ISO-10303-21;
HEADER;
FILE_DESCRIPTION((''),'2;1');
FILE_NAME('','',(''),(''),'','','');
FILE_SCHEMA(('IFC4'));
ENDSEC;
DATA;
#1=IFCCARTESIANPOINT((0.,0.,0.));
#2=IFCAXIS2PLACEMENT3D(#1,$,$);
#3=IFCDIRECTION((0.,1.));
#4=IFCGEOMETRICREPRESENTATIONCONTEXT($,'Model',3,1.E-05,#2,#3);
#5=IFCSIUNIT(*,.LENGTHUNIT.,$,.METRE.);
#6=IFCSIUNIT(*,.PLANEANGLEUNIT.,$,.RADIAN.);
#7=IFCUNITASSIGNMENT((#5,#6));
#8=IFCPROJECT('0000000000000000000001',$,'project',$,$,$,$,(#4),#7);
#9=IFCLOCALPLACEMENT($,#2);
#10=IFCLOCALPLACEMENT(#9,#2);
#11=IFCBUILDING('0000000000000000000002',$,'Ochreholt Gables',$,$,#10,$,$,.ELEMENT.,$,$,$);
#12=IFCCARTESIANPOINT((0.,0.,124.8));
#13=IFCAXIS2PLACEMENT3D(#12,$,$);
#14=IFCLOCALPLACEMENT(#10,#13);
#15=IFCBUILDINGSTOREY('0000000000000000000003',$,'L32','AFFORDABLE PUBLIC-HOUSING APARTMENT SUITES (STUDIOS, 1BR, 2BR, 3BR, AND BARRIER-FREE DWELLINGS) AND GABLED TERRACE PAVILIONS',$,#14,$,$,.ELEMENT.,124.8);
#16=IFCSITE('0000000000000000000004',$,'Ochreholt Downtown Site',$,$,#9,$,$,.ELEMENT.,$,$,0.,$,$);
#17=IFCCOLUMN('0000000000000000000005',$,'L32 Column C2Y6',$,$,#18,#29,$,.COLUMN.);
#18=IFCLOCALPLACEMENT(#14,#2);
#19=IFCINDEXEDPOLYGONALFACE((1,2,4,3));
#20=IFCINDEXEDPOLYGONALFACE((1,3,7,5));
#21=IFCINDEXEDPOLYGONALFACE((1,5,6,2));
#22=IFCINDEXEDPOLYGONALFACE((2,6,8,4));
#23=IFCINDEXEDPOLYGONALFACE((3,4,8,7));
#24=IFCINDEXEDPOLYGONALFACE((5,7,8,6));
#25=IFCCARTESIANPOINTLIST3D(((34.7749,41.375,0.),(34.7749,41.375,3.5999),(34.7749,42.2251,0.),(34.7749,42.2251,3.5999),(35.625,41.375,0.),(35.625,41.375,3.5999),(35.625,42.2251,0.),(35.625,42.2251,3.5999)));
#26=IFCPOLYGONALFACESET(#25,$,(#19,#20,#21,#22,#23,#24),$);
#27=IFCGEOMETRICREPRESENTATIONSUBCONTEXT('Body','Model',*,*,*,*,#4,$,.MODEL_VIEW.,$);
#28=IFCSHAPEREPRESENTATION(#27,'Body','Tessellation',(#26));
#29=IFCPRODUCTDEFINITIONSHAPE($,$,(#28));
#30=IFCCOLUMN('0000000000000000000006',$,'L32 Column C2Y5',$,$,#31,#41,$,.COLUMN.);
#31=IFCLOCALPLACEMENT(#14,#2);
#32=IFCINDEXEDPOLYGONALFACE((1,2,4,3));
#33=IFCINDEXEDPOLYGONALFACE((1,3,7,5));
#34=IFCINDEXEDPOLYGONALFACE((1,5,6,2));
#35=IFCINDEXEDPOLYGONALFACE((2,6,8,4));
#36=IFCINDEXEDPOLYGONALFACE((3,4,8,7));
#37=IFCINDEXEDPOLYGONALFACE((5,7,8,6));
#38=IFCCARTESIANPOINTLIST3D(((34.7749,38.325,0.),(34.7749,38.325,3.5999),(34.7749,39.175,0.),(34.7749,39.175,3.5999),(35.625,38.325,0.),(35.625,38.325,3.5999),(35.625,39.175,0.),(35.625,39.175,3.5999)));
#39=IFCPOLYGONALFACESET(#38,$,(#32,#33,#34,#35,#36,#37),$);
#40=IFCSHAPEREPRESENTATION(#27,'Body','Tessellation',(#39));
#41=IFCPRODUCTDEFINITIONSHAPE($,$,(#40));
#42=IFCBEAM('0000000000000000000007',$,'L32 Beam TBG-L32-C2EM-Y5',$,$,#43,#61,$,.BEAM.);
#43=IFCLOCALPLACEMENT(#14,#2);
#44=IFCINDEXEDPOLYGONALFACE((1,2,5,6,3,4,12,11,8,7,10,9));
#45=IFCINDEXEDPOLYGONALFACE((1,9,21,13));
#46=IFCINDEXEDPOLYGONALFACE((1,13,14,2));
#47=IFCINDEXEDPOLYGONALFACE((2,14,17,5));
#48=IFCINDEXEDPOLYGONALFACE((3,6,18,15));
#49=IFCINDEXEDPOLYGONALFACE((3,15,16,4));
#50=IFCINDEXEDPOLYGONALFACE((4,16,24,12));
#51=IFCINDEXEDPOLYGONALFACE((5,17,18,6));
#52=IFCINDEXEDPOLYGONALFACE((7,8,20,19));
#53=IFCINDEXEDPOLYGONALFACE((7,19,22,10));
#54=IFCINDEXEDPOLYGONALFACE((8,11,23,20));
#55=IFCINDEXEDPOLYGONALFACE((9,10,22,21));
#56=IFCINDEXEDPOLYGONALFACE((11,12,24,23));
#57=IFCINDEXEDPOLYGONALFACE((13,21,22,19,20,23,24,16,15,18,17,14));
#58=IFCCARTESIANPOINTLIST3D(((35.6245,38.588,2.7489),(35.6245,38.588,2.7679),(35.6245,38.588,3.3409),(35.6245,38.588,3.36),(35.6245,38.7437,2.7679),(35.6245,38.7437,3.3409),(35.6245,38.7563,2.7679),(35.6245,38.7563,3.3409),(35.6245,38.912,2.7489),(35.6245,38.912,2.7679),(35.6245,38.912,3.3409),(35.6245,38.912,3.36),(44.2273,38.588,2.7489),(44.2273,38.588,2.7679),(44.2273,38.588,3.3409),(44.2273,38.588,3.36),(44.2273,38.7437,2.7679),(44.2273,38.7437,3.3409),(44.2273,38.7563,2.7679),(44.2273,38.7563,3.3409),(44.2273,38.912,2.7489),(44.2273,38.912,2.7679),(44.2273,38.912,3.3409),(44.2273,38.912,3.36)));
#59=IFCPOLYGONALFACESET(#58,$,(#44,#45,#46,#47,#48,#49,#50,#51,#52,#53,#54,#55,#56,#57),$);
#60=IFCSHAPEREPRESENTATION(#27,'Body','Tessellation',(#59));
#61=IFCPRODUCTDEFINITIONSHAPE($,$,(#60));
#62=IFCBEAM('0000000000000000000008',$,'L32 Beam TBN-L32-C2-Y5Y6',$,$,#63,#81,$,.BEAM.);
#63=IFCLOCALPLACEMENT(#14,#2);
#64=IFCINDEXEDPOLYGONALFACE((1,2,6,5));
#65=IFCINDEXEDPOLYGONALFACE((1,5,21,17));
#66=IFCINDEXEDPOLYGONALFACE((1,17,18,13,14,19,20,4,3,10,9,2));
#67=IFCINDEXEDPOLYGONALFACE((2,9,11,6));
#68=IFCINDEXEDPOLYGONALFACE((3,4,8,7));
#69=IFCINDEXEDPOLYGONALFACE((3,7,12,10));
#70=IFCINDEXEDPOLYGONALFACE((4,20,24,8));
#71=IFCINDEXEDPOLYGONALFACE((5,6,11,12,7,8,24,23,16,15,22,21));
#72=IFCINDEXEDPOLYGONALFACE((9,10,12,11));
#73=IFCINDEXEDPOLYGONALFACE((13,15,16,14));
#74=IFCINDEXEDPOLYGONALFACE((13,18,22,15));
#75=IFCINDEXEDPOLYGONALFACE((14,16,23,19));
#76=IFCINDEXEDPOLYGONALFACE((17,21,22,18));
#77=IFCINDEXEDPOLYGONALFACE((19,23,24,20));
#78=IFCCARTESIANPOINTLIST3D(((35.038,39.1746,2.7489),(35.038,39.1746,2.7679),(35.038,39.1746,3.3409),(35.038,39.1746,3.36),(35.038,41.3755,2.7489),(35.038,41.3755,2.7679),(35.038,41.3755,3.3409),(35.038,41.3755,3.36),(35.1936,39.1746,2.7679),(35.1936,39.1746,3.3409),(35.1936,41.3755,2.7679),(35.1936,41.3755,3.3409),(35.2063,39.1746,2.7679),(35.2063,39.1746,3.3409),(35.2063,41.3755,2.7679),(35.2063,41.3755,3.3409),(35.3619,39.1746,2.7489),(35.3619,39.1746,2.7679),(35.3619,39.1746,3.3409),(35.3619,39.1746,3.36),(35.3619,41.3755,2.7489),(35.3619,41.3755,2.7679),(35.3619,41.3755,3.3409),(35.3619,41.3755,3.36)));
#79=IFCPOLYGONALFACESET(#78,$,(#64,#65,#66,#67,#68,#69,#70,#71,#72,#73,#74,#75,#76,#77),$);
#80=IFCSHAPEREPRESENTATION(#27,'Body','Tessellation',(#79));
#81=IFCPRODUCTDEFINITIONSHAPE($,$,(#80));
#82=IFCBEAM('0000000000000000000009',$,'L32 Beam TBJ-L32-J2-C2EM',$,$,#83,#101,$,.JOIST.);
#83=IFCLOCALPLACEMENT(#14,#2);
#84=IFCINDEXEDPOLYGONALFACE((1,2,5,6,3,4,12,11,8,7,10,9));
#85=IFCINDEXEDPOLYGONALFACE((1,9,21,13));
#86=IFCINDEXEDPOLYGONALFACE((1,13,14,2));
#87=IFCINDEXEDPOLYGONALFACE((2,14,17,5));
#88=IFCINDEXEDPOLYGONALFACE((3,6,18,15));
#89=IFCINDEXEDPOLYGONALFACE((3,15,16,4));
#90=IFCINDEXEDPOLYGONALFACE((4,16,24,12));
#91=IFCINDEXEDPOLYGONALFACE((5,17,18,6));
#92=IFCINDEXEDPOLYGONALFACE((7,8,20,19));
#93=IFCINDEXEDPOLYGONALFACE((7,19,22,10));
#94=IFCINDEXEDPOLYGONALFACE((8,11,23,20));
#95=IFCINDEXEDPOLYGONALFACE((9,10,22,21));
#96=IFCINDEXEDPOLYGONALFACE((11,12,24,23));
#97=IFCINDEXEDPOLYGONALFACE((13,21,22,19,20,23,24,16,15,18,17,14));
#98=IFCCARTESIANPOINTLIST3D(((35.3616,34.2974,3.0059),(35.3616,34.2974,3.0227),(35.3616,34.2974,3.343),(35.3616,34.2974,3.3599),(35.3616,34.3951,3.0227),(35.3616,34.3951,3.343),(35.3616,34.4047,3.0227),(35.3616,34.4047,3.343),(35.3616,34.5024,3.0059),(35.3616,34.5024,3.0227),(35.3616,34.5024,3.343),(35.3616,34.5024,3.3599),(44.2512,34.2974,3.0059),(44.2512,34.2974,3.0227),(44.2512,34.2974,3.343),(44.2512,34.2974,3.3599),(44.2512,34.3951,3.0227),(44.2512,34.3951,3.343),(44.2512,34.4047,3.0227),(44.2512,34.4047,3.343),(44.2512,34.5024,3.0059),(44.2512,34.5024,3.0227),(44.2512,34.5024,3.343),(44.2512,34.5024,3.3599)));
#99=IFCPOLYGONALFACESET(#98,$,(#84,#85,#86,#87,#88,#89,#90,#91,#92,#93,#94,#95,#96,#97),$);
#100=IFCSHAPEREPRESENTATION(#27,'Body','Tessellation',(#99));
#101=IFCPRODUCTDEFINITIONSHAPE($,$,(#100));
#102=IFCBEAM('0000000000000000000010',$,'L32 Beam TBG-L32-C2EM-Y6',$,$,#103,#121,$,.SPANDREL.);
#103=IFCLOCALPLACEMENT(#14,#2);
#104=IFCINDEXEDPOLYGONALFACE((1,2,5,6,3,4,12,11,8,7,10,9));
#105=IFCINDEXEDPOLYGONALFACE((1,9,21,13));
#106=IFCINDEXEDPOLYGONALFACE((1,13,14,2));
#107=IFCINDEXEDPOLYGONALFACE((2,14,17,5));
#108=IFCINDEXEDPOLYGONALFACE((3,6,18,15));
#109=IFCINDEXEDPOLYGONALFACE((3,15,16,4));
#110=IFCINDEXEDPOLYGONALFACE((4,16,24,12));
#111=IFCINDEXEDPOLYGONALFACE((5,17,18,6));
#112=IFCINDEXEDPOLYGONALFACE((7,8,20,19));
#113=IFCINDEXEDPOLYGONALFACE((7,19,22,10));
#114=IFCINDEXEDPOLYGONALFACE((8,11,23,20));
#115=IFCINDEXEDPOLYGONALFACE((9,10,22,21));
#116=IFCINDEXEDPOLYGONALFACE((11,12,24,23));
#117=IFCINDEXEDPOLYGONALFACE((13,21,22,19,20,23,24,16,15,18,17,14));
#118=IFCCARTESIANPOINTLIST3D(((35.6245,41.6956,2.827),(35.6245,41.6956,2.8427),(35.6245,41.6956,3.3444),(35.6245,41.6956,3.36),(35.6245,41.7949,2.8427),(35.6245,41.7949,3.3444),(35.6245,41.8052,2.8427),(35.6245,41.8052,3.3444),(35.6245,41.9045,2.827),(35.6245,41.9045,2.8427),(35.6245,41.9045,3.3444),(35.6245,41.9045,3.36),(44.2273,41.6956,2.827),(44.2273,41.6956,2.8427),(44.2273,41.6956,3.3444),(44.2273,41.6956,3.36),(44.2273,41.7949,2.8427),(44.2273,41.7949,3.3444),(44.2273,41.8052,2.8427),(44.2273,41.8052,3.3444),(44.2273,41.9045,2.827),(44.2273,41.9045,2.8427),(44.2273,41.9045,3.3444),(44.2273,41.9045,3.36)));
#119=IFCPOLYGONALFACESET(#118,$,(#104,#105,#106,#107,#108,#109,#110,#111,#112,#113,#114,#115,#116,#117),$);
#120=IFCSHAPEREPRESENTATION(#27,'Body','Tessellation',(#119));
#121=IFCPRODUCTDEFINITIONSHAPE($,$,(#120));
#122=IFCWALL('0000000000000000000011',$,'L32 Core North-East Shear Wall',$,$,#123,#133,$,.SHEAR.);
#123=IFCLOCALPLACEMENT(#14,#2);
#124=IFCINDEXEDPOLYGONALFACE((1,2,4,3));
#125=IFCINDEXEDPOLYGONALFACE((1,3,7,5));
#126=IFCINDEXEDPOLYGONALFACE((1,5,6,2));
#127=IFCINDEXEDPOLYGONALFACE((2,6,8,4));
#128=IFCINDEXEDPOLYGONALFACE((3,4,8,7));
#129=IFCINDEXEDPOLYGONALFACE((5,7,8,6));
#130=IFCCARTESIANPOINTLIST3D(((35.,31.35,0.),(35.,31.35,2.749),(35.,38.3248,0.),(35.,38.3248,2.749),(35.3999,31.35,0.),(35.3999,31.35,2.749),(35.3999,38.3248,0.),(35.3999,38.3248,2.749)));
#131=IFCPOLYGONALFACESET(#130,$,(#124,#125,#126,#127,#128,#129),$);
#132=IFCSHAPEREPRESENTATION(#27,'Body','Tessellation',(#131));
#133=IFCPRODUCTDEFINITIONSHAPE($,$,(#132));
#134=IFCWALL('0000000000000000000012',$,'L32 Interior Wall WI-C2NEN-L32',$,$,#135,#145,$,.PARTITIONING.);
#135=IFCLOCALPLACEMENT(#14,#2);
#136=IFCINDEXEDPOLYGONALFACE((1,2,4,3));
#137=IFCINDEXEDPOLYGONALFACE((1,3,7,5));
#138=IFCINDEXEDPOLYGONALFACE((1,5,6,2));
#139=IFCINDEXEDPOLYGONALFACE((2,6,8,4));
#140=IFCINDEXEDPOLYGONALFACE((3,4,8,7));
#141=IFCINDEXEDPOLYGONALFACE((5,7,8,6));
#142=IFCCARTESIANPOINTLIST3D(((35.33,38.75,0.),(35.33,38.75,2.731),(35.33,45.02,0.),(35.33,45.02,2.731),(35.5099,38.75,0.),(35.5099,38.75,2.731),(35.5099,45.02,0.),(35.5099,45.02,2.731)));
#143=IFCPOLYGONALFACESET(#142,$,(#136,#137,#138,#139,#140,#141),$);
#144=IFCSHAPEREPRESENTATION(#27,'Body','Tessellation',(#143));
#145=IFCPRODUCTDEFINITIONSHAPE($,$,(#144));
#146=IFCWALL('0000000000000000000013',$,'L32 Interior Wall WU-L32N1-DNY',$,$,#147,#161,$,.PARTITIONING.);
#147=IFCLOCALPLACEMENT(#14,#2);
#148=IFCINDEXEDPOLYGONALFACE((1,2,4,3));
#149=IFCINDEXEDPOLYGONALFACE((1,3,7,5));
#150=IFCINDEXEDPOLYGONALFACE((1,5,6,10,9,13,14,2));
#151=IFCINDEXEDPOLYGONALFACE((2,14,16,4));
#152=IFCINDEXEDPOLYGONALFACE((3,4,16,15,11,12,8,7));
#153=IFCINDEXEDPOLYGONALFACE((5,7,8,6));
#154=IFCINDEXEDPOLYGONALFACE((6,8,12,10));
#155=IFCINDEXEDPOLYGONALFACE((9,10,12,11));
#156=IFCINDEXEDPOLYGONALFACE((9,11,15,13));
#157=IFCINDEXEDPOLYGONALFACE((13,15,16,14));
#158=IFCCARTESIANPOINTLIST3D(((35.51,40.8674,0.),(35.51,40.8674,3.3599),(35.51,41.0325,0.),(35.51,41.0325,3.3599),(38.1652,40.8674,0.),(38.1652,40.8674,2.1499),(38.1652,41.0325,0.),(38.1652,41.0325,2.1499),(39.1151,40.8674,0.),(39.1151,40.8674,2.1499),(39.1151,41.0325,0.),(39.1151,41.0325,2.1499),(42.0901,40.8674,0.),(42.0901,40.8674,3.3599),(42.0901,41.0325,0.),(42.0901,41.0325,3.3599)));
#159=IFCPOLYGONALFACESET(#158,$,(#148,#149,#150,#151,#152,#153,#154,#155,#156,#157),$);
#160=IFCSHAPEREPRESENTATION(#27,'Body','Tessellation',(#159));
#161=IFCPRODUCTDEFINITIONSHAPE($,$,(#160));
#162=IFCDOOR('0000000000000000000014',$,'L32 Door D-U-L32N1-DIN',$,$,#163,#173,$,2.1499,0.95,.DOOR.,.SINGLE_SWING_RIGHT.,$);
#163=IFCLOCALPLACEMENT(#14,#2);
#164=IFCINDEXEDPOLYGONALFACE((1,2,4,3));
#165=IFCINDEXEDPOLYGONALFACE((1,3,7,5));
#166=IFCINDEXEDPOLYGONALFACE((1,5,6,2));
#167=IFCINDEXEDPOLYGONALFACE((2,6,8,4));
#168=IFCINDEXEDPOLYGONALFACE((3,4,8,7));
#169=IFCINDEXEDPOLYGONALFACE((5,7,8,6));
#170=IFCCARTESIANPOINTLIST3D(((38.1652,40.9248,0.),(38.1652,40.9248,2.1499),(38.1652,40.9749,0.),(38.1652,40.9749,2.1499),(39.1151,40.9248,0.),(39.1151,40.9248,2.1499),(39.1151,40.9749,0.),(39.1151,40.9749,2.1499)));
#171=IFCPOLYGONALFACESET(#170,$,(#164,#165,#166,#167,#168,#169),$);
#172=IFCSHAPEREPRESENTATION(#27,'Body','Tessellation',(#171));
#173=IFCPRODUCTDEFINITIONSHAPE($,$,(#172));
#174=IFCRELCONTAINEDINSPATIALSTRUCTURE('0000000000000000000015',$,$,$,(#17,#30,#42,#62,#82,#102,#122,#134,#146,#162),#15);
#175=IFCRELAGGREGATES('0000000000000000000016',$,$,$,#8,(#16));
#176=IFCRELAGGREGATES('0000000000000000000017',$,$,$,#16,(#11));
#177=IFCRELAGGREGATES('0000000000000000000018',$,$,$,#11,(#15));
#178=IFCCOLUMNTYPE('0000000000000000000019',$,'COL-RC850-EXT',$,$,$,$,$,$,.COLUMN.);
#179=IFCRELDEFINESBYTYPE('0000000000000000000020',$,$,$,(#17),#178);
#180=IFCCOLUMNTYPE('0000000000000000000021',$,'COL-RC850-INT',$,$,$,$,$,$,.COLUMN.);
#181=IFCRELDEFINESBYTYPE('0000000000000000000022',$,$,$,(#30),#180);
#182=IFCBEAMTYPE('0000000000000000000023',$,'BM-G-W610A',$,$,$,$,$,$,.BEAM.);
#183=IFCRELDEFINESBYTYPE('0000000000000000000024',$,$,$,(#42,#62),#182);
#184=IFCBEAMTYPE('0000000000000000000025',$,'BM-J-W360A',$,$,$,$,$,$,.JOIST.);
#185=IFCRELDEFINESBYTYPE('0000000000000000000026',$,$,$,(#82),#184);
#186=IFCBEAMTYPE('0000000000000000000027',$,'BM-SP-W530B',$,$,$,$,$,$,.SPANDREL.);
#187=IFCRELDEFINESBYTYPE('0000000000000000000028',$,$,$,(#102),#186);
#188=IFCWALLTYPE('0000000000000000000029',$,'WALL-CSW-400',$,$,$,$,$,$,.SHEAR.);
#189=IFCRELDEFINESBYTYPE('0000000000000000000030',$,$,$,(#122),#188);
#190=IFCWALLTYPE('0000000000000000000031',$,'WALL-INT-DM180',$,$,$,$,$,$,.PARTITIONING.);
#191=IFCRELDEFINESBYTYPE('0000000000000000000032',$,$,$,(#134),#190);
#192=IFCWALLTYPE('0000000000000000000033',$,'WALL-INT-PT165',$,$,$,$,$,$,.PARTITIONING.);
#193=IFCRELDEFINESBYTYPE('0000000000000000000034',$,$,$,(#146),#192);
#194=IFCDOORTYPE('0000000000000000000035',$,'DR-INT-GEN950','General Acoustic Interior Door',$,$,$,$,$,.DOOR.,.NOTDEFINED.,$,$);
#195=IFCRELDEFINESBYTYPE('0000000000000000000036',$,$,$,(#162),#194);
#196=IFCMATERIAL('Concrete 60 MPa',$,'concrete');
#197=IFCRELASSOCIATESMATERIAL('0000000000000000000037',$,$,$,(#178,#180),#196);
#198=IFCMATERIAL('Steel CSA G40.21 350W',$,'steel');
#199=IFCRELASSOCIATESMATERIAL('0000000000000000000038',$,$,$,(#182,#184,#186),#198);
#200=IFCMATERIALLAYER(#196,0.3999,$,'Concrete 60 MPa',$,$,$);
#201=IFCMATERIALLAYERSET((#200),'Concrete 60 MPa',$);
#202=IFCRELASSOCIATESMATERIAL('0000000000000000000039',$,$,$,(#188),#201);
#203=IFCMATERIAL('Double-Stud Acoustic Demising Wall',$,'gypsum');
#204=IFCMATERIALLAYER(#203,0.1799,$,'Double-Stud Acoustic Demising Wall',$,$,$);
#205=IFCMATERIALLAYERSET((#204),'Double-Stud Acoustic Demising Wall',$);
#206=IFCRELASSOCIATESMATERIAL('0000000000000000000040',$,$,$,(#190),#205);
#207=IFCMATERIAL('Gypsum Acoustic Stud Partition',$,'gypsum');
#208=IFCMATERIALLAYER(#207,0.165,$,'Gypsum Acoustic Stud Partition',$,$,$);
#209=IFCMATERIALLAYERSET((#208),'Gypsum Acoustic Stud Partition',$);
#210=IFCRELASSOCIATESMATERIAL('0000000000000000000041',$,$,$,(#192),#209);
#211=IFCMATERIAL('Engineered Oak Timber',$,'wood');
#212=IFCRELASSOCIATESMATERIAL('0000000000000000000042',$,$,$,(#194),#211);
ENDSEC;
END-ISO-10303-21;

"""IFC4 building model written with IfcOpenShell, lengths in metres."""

from ifc_helpers import new_model, si_unit, direction, frame, frame_2d, origin, origin_2d, place, context, subcontext, project, spatial, rectangle, i_section, extrude, material, layer, layer_set, material_profile, profile_set, type_object, element, fill, save


model = new_model("IFC4")

# Units and contexts
model_context = context("Model", 3, precision=1e-05, world=origin(), true_north=direction((0.0, 1.0)))
body_context = subcontext(model_context, "Body", "Model", "MODEL_VIEW")
ifc_project = project(units=[si_unit("LENGTHUNIT", "METRE"), si_unit("PLANEANGLEUNIT", "RADIAN")], contexts=[model_context])

# Site, building, storey
site_placement = place(None, origin())
site = spatial("IfcSite", under=ifc_project, at=site_placement, Name="Ochreholt Downtown Site", CompositionType="ELEMENT", RefElevation=0.0)
building_placement = place(site_placement, origin())
building = spatial("IfcBuilding", under=site, at=building_placement, Name="Ochreholt Gables", CompositionType="ELEMENT")
storey_placement = place(building_placement, frame((0.0, 0.0, 124.8)))
storey = spatial("IfcBuildingStorey", under=building, at=storey_placement, Name="L32", Description="AFFORDABLE PUBLIC-HOUSING APARTMENT SUITES (STUDIOS, 1BR, 2BR, 3BR, AND BARRIER-FREE DWELLINGS) AND GABLED TERRACE PAVILIONS", CompositionType="ELEMENT", Elevation=124.8)

# Columns
ifc_material_1 = material(Name="Concrete 60 MPa", Category="concrete")
ifc_material_profile_1 = material_profile(ifc_material_1, rectangle(XDim=0.8501, YDim=0.8501, at=origin_2d()), Name="RC850X850")
ifc_profile_set_1 = profile_set([ifc_material_profile_1], Name="Concrete 60 MPa")
column_type_1 = type_object("IfcColumnType", Name="COL-RC850-EXT", PredefinedType="COLUMN", material=ifc_profile_set_1)
column_1_placement = place(storey_placement, frame((35.2, 41.8, 0.0), z_axis=(0.0, 0.0, 1.0), x_axis=(1.0, 0.0, 0.0)))
element("IfcColumn", 1, at=column_1_placement, inside=storey, type_object=column_type_1, Name="L32 Column C2Y6", PredefinedType="COLUMN", context=body_context, shape_type="SweptSolid", body=[
    extrude(rectangle(XDim=0.8501, YDim=0.8501, at=origin_2d()), origin(), (0.0, 0.0, 1.0), 3.5999),
])
ifc_material_profile_2 = material_profile(ifc_material_1, rectangle(XDim=0.8501, YDim=0.8501, at=origin_2d()), Name="RC850X850")
ifc_profile_set_2 = profile_set([ifc_material_profile_2], Name="Concrete 60 MPa")
column_type_2 = type_object("IfcColumnType", Name="COL-RC850-INT", PredefinedType="COLUMN", material=ifc_profile_set_2)
column_2_placement = place(storey_placement, frame((35.2, 38.75, 0.0), z_axis=(0.0, 0.0, 1.0), x_axis=(1.0, 0.0, 0.0)))
element("IfcColumn", 2, at=column_2_placement, inside=storey, type_object=column_type_2, Name="L32 Column C2Y5", PredefinedType="COLUMN", context=body_context, shape_type="SweptSolid", body=[
    extrude(rectangle(XDim=0.8501, YDim=0.8501, at=origin_2d()), origin(), (0.0, 0.0, 1.0), 3.5999),
])

# Beams
ifc_material_2 = material(Name="Steel CSA G40.21 350W", Category="steel")
ifc_material_profile_3 = material_profile(ifc_material_2, i_section(OverallWidth=0.324, OverallDepth=0.6111, WebThickness=0.0127, FlangeThickness=0.019, at=origin_2d()), Name="W610X155")
ifc_profile_set_3 = profile_set([ifc_material_profile_3], Name="Steel CSA G40.21 350W")
beam_type_1 = type_object("IfcBeamType", Name="BM-G-W610A", PredefinedType="BEAM", material=ifc_profile_set_3)
beam_1_placement = place(storey_placement, frame((35.6245, 38.75, 3.0544), z_axis=(1.0, 0.0, 0.0), x_axis=(0.0, 1.0, 0.0)))
element("IfcBeam", 3, at=beam_1_placement, inside=storey, type_object=beam_type_1, Name="L32 Beam TBG-L32-C2EM-Y5", PredefinedType="BEAM", context=body_context, shape_type="SweptSolid", body=[
    extrude(i_section(OverallWidth=0.324, OverallDepth=0.6111, WebThickness=0.0127, FlangeThickness=0.019, at=origin_2d()), origin(), (0.0, 0.0, 1.0), 8.6028),
])
beam_2_placement = place(storey_placement, frame((35.2, 39.1746, 3.0544), z_axis=(0.0, 1.0, 0.0), x_axis=(-1.0, 0.0, 0.0)))
element("IfcBeam", 4, at=beam_2_placement, inside=storey, type_object=beam_type_1, Name="L32 Beam TBN-L32-C2-Y5Y6", PredefinedType="BEAM", context=body_context, shape_type="SweptSolid", body=[
    extrude(i_section(OverallWidth=0.324, OverallDepth=0.6111, WebThickness=0.0127, FlangeThickness=0.019, at=origin_2d()), origin(), (0.0, 0.0, 1.0), 2.2009),
])
ifc_material_profile_4 = material_profile(ifc_material_2, i_section(OverallWidth=0.2051, OverallDepth=0.354, WebThickness=0.0095, FlangeThickness=0.0168, at=origin_2d()), Name="W360X79")
ifc_profile_set_4 = profile_set([ifc_material_profile_4], Name="Steel CSA G40.21 350W")
beam_type_2 = type_object("IfcBeamType", Name="BM-J-W360A", PredefinedType="JOIST", material=ifc_profile_set_4)
beam_3_placement = place(storey_placement, frame((35.3616, 34.3999, 3.1829), z_axis=(1.0, 0.0, 0.0), x_axis=(0.0, 1.0, 0.0)))
element("IfcBeam", 5, at=beam_3_placement, inside=storey, type_object=beam_type_2, Name="L32 Beam TBJ-L32-J2-C2EM", PredefinedType="JOIST", context=body_context, shape_type="SweptSolid", body=[
    extrude(i_section(OverallWidth=0.2051, OverallDepth=0.354, WebThickness=0.0095, FlangeThickness=0.0168, at=origin_2d()), origin(), (0.0, 0.0, 1.0), 8.8896),
])
ifc_material_profile_5 = material_profile(ifc_material_2, i_section(OverallWidth=0.209, OverallDepth=0.533, WebThickness=0.0103, FlangeThickness=0.0156, at=origin_2d()), Name="W530X92")
ifc_profile_set_5 = profile_set([ifc_material_profile_5], Name="Steel CSA G40.21 350W")
beam_type_3 = type_object("IfcBeamType", Name="BM-SP-W530B", PredefinedType="SPANDREL", material=ifc_profile_set_5)
beam_4_placement = place(storey_placement, frame((35.6245, 41.8, 3.0935), z_axis=(1.0, 0.0, 0.0), x_axis=(0.0, 1.0, 0.0)))
element("IfcBeam", 6, at=beam_4_placement, inside=storey, type_object=beam_type_3, Name="L32 Beam TBG-L32-C2EM-Y6", PredefinedType="SPANDREL", context=body_context, shape_type="SweptSolid", body=[
    extrude(i_section(OverallWidth=0.209, OverallDepth=0.533, WebThickness=0.0103, FlangeThickness=0.0156, at=origin_2d()), origin(), (0.0, 0.0, 1.0), 8.6028),
])

# Walls
ifc_layer_1 = layer(ifc_material_1, 0.3999, Name="Concrete 60 MPa")
ifc_layer_set_1 = layer_set([ifc_layer_1], Name="Concrete 60 MPa")
wall_type_1 = type_object("IfcWallType", Name="WALL-CSW-400", PredefinedType="SHEAR", material=ifc_layer_set_1)
wall_1_placement = place(storey_placement, frame((35.2, 31.3501, 0.0), z_axis=(0.0, 0.0, 1.0), x_axis=(0.0, 1.0, 0.0)))
element("IfcWall", 7, at=wall_1_placement, inside=storey, type_object=wall_type_1, Name="L32 Core North-East Shear Wall", PredefinedType="SHEAR", context=body_context, shape_type="SweptSolid", body=[
    extrude(rectangle(XDim=6.9749, YDim=0.3999, at=frame_2d((3.4873, 0.0))), origin(), (0.0, 0.0, 1.0), 2.749),
])
ifc_material_3 = material(Name="Double-Stud Acoustic Demising Wall", Category="gypsum")
ifc_layer_2 = layer(ifc_material_3, 0.1799, Name="Double-Stud Acoustic Demising Wall")
ifc_layer_set_2 = layer_set([ifc_layer_2], Name="Double-Stud Acoustic Demising Wall")
wall_type_2 = type_object("IfcWallType", Name="WALL-INT-DM180", PredefinedType="PARTITIONING", material=ifc_layer_set_2)
wall_2_placement = place(storey_placement, frame((35.4199, 38.75, 0.0), z_axis=(0.0, 0.0, 1.0), x_axis=(0.0, 1.0, 0.0)))
element("IfcWall", 8, at=wall_2_placement, inside=storey, type_object=wall_type_2, Name="L32 Interior Wall WI-C2NEN-L32", PredefinedType="PARTITIONING", context=body_context, shape_type="SweptSolid", body=[
    extrude(rectangle(XDim=6.27, YDim=0.1799, at=frame_2d((3.135, 0.0))), origin(), (0.0, 0.0, 1.0), 2.731),
])

# Shared definitions
ifc_material_4 = material(Name="Engineered Oak Timber", Category="wood")

# Wall, opening, door
ifc_material_5 = material(Name="Gypsum Acoustic Stud Partition", Category="gypsum")
ifc_layer_3 = layer(ifc_material_5, 0.165, Name="Gypsum Acoustic Stud Partition")
ifc_layer_set_3 = layer_set([ifc_layer_3], Name="Gypsum Acoustic Stud Partition")
wall_type_3 = type_object("IfcWallType", Name="WALL-INT-PT165", PredefinedType="PARTITIONING", material=ifc_layer_set_3)
wall_3_placement = place(storey_placement, frame((35.51, 40.95, 0.0), z_axis=(0.0, 0.0, 1.0), x_axis=(1.0, 0.0, 0.0)))
wall_3 = element("IfcWall", 9, at=wall_3_placement, inside=storey, type_object=wall_type_3, Name="L32 Interior Wall WU-L32N1-DNY", PredefinedType="PARTITIONING", context=body_context, shape_type="SweptSolid", body=[
    extrude(rectangle(XDim=6.5801, YDim=0.165, at=frame_2d((3.29, 0.0))), origin(), (0.0, 0.0, 1.0), 3.3599),
])
opening_1_placement = place(wall_3_placement, frame((2.655, 0.0, 0.0)))
opening_1 = element("IfcOpeningElement", 10, at=opening_1_placement, cuts=wall_3, PredefinedType="OPENING", context=body_context, shape_type="SweptSolid", body=[
    extrude(rectangle(XDim=0.95, YDim=2.1499, at=frame_2d((0.4751, 1.075))), frame((0.0, 0.0925, 0.0), z_axis=(0.0, -1.0, 0.0), x_axis=(1.0, 0.0, 0.0)), (0.0, 0.0, 1.0), 0.1851),
])
door_type_1 = type_object("IfcDoorType", Name="DR-INT-GEN950", Description="General Acoustic Interior Door", OperationType="NOTDEFINED", PredefinedType="DOOR", material=ifc_material_4)
door_1_placement = place(opening_1_placement, origin())
door_1 = element("IfcDoor", 11, at=door_1_placement, inside=storey, type_object=door_type_1, Name="L32 Door D-U-L32N1-DIN", OperationType="SINGLE_SWING_RIGHT", OverallHeight=2.1499, OverallWidth=0.95, PredefinedType="DOOR", context=body_context, shape_type="SweptSolid", body=[
    extrude(rectangle(XDim=0.95, YDim=2.1499, at=frame_2d((0.4751, 1.075))), frame((0.0, 0.0249, 0.0), z_axis=(0.0, -1.0, 0.0), x_axis=(1.0, 0.0, 0.0)), (0.0, 0.0, 1.0), 0.05),
])
fill(opening_1, door_1)

save(model, "model.ifc")
